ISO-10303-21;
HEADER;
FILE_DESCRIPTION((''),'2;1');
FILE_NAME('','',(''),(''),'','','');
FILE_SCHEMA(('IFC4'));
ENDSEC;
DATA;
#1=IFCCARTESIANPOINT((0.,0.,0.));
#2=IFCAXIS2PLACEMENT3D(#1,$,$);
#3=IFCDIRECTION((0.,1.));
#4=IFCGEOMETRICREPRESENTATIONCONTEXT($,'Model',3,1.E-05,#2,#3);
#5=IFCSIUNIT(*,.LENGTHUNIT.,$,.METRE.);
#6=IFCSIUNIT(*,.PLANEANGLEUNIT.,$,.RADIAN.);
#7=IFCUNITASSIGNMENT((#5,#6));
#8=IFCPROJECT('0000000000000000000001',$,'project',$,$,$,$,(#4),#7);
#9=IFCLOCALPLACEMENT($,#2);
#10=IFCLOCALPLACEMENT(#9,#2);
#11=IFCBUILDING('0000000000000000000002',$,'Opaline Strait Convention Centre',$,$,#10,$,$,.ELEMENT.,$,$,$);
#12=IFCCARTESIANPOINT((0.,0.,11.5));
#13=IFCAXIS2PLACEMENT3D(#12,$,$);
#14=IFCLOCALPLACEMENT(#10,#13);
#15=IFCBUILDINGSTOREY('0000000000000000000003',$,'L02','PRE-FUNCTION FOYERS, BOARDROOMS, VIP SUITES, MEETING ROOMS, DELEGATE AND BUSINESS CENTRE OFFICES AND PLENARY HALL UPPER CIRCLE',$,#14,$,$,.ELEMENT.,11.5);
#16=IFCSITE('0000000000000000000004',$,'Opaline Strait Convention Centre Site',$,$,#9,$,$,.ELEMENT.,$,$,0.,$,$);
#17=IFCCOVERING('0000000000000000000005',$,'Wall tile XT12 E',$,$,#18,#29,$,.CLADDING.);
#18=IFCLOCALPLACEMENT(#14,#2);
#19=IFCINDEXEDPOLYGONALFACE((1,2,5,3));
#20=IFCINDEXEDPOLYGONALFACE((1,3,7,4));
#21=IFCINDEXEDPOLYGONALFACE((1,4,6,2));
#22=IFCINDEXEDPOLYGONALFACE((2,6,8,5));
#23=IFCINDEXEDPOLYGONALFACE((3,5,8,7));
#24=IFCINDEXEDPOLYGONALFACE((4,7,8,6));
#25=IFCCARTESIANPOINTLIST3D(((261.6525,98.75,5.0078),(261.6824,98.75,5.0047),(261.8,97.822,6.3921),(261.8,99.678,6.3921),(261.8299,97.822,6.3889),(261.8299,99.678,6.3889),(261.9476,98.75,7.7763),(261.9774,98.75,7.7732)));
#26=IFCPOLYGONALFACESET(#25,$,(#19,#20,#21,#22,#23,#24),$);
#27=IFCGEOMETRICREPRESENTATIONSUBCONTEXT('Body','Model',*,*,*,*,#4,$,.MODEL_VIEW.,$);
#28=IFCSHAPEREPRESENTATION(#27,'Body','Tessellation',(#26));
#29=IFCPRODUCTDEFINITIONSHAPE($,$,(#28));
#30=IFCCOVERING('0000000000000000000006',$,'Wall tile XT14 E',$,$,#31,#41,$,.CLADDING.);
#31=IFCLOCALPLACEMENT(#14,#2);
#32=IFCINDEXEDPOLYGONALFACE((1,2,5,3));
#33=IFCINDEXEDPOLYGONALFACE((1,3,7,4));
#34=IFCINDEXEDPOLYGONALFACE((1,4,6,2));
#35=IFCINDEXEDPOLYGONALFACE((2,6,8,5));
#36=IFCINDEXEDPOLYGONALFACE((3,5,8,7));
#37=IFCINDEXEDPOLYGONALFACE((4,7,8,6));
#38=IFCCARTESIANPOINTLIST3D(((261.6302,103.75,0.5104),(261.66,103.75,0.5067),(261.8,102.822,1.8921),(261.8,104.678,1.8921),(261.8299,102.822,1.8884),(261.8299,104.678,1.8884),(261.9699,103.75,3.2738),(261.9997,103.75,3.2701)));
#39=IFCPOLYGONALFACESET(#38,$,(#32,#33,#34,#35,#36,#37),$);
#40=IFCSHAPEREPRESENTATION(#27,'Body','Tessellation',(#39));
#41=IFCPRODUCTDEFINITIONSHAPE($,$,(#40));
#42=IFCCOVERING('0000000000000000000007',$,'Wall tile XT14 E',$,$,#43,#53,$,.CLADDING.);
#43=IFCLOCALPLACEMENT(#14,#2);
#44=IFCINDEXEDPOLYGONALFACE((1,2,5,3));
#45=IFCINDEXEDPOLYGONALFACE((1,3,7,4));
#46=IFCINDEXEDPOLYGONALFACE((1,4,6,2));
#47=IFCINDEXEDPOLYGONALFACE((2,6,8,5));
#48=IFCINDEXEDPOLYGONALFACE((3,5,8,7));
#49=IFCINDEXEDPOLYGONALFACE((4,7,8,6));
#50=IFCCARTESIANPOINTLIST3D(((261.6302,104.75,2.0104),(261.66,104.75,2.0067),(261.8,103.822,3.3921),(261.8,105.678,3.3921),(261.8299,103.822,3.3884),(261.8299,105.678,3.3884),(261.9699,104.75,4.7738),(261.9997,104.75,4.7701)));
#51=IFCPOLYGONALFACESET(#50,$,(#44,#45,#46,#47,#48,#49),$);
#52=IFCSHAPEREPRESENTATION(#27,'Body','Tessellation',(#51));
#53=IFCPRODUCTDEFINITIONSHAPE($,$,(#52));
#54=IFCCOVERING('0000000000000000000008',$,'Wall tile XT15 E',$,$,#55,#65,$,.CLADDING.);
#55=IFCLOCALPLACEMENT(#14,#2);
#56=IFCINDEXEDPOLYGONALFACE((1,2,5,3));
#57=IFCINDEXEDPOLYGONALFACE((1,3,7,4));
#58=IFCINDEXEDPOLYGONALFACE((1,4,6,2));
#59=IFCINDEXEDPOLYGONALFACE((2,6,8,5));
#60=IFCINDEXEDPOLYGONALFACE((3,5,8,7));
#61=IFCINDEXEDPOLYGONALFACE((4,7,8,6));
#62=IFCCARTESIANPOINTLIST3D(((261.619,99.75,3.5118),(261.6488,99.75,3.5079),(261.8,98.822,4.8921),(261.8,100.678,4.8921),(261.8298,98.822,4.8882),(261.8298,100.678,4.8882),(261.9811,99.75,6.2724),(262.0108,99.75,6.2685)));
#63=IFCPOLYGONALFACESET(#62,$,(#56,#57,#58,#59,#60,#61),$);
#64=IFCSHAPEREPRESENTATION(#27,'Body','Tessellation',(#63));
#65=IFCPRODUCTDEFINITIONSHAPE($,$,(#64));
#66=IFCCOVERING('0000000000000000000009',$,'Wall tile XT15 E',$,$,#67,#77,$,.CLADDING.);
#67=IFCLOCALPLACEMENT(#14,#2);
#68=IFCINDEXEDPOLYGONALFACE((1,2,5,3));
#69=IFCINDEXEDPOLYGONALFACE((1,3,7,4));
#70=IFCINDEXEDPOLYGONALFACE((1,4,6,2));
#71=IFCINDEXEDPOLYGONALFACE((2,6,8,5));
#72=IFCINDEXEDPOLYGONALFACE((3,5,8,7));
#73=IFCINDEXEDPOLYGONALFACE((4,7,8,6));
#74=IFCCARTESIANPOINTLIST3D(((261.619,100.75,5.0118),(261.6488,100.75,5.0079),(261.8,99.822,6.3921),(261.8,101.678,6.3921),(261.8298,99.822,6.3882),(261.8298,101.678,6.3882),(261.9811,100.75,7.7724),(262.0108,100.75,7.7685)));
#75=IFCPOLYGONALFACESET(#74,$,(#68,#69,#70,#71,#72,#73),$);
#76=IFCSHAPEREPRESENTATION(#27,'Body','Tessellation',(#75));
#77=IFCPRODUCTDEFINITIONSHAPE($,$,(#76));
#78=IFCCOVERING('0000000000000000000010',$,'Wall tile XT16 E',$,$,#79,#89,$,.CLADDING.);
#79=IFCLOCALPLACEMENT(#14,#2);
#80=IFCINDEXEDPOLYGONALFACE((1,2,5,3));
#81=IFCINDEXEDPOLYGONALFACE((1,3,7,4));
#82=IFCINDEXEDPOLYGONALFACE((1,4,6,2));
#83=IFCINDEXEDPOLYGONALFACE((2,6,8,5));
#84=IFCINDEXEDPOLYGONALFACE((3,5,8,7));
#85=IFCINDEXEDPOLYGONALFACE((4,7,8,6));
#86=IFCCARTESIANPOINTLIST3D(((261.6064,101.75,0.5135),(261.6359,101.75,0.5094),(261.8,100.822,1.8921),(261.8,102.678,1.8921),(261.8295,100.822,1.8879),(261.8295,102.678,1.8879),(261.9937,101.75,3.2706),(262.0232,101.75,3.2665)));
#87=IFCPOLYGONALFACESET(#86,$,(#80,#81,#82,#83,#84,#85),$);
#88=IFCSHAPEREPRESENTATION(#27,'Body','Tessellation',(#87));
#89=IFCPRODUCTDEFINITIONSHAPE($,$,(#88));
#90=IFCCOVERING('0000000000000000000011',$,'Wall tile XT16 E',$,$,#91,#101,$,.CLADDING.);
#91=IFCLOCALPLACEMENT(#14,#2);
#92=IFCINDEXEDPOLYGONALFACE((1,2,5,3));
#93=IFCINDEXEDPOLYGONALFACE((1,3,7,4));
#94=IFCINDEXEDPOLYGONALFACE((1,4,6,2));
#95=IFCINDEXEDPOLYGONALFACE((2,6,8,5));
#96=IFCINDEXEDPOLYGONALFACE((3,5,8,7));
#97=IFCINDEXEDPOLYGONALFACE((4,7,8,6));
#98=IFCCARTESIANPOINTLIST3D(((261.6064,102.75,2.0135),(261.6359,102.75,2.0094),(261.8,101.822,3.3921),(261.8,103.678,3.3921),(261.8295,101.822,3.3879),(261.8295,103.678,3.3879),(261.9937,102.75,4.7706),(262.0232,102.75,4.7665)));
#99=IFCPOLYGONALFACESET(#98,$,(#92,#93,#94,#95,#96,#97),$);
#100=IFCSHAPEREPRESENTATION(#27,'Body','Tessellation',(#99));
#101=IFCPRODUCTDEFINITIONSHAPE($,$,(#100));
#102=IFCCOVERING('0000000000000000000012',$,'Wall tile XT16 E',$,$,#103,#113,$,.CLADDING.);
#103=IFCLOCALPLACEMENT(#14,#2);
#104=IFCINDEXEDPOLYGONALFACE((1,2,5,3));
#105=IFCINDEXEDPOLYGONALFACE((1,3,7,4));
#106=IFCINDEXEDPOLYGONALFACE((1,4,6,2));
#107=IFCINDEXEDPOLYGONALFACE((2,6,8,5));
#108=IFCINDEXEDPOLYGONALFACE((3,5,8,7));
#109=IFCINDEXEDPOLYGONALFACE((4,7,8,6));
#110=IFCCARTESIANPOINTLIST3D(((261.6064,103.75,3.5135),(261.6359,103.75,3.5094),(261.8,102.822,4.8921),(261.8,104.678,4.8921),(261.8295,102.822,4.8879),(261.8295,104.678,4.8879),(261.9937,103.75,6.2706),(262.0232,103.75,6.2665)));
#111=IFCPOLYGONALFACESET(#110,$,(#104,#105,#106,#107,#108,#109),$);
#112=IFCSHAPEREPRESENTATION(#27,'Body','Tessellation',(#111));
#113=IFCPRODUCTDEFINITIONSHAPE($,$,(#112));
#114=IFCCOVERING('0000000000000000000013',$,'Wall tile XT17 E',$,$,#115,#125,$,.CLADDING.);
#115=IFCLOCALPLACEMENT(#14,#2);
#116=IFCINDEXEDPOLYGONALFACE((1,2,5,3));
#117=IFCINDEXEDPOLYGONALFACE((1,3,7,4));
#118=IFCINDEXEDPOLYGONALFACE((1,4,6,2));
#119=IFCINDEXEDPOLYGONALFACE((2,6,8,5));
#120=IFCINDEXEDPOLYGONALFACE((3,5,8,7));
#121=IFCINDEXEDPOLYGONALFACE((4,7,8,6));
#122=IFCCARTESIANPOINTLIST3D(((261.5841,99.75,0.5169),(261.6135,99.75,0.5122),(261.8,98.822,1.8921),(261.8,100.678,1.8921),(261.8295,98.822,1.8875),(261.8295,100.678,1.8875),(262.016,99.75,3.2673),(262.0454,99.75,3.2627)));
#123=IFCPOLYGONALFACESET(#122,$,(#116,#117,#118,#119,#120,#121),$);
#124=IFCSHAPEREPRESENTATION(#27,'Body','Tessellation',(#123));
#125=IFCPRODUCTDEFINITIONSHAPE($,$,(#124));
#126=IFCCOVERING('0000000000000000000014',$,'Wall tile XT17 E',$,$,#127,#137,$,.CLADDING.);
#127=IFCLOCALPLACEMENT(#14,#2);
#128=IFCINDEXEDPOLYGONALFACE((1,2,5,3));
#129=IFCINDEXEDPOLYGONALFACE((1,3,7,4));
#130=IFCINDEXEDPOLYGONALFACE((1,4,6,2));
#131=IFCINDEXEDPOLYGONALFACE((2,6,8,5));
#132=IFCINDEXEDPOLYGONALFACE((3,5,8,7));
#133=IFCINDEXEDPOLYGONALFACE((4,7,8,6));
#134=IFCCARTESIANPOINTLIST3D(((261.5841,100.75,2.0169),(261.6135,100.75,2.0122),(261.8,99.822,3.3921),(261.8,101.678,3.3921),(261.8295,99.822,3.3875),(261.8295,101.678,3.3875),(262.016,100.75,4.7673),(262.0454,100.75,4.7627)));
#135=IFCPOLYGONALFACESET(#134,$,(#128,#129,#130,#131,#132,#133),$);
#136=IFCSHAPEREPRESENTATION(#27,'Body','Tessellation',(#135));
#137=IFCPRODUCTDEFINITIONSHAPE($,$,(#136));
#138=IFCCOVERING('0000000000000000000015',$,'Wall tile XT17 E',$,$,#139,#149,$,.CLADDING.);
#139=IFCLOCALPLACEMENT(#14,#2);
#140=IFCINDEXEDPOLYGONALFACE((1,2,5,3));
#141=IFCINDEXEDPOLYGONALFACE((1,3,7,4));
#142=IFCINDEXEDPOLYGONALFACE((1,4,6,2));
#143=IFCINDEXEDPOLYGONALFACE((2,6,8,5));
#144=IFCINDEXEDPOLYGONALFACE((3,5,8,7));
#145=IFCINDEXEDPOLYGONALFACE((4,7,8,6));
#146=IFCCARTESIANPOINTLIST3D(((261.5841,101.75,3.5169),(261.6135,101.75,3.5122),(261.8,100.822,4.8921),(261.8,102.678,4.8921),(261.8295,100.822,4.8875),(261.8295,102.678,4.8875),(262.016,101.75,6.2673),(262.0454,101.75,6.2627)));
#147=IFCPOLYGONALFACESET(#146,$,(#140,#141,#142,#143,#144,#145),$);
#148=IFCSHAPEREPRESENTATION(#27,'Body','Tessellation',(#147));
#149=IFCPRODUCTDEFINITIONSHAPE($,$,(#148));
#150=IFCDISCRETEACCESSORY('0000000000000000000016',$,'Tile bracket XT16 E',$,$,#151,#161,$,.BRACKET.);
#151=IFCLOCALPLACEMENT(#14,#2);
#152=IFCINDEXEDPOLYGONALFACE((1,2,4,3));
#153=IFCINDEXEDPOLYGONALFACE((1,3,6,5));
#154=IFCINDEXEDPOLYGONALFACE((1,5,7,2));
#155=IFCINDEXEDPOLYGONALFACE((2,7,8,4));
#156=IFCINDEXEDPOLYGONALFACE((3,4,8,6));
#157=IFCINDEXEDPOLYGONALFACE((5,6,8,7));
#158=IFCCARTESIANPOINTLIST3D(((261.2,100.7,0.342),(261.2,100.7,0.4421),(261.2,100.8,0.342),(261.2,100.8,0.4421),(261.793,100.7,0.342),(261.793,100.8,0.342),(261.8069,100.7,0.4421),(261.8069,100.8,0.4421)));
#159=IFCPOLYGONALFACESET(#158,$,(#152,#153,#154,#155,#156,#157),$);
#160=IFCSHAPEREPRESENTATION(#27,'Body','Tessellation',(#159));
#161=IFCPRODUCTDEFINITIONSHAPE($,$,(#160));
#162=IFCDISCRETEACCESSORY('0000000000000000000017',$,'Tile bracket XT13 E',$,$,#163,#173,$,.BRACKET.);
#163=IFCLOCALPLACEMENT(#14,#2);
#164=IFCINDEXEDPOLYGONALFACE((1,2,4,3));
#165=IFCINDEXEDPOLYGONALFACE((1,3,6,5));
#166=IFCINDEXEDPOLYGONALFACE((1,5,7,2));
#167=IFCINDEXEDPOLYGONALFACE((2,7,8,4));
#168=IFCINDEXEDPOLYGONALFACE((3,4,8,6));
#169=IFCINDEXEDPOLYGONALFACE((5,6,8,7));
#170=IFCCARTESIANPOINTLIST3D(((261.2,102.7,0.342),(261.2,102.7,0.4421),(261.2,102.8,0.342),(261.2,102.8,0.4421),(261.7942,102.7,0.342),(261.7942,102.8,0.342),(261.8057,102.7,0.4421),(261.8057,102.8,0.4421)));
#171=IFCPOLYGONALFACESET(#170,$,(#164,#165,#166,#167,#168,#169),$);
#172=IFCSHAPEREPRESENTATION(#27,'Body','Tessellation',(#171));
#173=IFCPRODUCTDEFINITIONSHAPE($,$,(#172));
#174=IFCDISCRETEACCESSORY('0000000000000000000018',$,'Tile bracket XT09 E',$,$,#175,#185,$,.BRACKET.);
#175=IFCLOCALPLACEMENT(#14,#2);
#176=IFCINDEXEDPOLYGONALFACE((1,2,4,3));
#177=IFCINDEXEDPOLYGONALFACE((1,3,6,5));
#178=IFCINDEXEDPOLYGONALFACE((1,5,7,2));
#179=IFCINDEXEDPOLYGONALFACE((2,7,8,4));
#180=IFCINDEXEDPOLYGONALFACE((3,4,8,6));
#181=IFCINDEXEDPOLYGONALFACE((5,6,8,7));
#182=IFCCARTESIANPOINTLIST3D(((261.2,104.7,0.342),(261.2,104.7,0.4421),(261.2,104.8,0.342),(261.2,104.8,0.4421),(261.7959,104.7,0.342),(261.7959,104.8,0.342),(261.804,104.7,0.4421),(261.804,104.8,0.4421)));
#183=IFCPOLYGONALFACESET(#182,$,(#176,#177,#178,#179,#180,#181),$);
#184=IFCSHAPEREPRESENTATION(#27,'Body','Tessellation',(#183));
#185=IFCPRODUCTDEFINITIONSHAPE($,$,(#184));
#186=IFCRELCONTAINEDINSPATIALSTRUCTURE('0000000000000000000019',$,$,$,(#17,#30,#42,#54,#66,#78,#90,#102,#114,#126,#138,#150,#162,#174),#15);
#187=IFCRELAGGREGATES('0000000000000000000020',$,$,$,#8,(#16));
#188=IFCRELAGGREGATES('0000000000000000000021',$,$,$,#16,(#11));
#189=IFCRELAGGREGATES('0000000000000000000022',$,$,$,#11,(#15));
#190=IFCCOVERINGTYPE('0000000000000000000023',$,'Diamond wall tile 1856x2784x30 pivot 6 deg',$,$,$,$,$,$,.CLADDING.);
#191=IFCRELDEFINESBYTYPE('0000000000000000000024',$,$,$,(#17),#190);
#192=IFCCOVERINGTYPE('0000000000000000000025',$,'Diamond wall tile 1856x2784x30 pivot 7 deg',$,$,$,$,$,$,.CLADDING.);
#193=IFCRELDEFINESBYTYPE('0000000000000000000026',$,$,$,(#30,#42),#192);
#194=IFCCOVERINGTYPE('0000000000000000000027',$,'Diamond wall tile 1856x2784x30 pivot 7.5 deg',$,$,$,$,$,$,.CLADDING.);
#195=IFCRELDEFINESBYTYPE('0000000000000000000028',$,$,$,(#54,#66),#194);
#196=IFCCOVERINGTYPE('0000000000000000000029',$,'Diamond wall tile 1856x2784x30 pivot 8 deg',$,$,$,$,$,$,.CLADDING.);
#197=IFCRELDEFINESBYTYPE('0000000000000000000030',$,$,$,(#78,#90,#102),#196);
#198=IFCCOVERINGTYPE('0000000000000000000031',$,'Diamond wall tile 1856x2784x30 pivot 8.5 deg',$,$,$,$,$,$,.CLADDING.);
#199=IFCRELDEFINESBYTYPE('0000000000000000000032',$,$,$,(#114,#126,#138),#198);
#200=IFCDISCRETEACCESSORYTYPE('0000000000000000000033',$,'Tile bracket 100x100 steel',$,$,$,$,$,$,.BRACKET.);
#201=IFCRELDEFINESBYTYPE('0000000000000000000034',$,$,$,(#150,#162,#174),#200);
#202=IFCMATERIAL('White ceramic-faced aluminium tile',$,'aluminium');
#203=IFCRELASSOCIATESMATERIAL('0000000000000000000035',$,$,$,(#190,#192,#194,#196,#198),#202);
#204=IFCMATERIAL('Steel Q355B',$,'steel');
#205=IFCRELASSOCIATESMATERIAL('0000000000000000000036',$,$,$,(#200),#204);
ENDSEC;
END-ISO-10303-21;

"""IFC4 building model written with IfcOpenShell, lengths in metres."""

from ifc_helpers import new_model, si_unit, direction, frame, origin, place, context, subcontext, project, spatial, polyline, outline, extrude, material, material_profile, profile_set, type_object, element, save


model = new_model("IFC4")

# Units and contexts
model_context = context("Model", 3, precision=1e-05, world=origin(), true_north=direction((0.0, 1.0)))
body_context = subcontext(model_context, "Body", "Model", "MODEL_VIEW")
ifc_project = project(units=[si_unit("LENGTHUNIT", "METRE"), si_unit("PLANEANGLEUNIT", "RADIAN")], contexts=[model_context])

# Site, building, storey
site_placement = place(None, origin())
site = spatial("IfcSite", under=ifc_project, at=site_placement, Name="Opaline Strait Convention Centre Site", CompositionType="ELEMENT", RefElevation=0.0)
building_placement = place(site_placement, origin())
building = spatial("IfcBuilding", under=site, at=building_placement, Name="Opaline Strait Convention Centre", CompositionType="ELEMENT")
storey_placement = place(building_placement, frame((0.0, 0.0, 11.5)))
storey = spatial("IfcBuildingStorey", under=building, at=storey_placement, Name="L02", Description="PRE-FUNCTION FOYERS, BOARDROOMS, VIP SUITES, MEETING ROOMS, DELEGATE AND BUSINESS CENTRE OFFICES AND PLENARY HALL UPPER CIRCLE", CompositionType="ELEMENT", Elevation=11.5)

# Coverings
ifc_material_1 = material(Name="White ceramic-faced aluminium tile", Category="aluminium")
ifc_material_profile_1 = material_profile(ifc_material_1, outline(polyline([(0.928, 0.0), (0.0, 1.3921), (-0.928, 0.0), (0.0, -1.3921), (0.928, 0.0)])), Name="Diamond tile 1856x2784")
ifc_profile_set_1 = profile_set([ifc_material_profile_1], Name="White ceramic-faced aluminium tile")
covering_type_1 = type_object("IfcCoveringType", Name="Diamond wall tile 1856x2784x30 pivot 6 deg", PredefinedType="CLADDING", material=ifc_profile_set_1)
covering_placement = place(storey_placement, frame((261.8, 98.75, 6.3921), z_axis=(0.994371, 0.0, -0.105958), x_axis=(0.0, 1.0, 0.0)))
element("IfcCovering", 1, at=covering_placement, inside=storey, type_object=covering_type_1, Name="Wall tile XT12 E", PredefinedType="CLADDING", context=body_context, shape_type="SweptSolid", body=[
    extrude(outline(polyline([(0.928, 0.0), (0.0, 1.3921), (-0.928, 0.0), (0.0, -1.3921), (0.928, 0.0)])), origin(), (0.0, 0.0, 1.0), 0.03),
])
ifc_material_profile_2 = material_profile(ifc_material_1, outline(polyline([(0.928, 0.0), (0.0, 1.3921), (-0.928, 0.0), (0.0, -1.3921), (0.928, 0.0)])), Name="Diamond tile 1856x2784")
ifc_profile_set_2 = profile_set([ifc_material_profile_2], Name="White ceramic-faced aluminium tile")
covering_type_2 = type_object("IfcCoveringType", Name="Diamond wall tile 1856x2784x30 pivot 7 deg", PredefinedType="CLADDING", material=ifc_profile_set_2)
for number, where, z_axis, x_axis, name in (
    (2, (261.8, 103.75, 1.8921), (0.992526, 0.0, -0.122032), (0.0, 1.0, 0.0), "Wall tile XT14 E"),
    (3, (261.8, 104.75, 3.3921), (0.992526, 0.0, -0.122032), (0.0, 1.0, 0.0), "Wall tile XT14 E"),
):
    element("IfcCovering", number, at=place(storey_placement, frame(where, z_axis=z_axis, x_axis=x_axis)), inside=storey, type_object=covering_type_2, Name=name, PredefinedType="CLADDING", context=body_context, shape_type="SweptSolid", body=[
        extrude(outline(polyline([(0.928, 0.0), (0.0, 1.3921), (-0.928, 0.0), (0.0, -1.3921), (0.928, 0.0)])), origin(), (0.0, 0.0, 1.0), 0.03),
    ])
ifc_material_profile_3 = material_profile(ifc_material_1, outline(polyline([(0.928, 0.0), (0.0, 1.3921), (-0.928, 0.0), (0.0, -1.3921), (0.928, 0.0)])), Name="Diamond tile 1856x2784")
ifc_profile_set_3 = profile_set([ifc_material_profile_3], Name="White ceramic-faced aluminium tile")
covering_type_3 = type_object("IfcCoveringType", Name="Diamond wall tile 1856x2784x30 pivot 7.5 deg", PredefinedType="CLADDING", material=ifc_profile_set_3)
for number, where, z_axis, x_axis, name in (
    (4, (261.8, 99.75, 4.8921), (0.99151, 0.0, -0.130034), (0.0, 1.0, 0.0), "Wall tile XT15 E"),
    (5, (261.8, 100.75, 6.3921), (0.99151, 0.0, -0.130034), (0.0, 1.0, 0.0), "Wall tile XT15 E"),
):
    element("IfcCovering", number, at=place(storey_placement, frame(where, z_axis=z_axis, x_axis=x_axis)), inside=storey, type_object=covering_type_3, Name=name, PredefinedType="CLADDING", context=body_context, shape_type="SweptSolid", body=[
        extrude(outline(polyline([(0.928, 0.0), (0.0, 1.3921), (-0.928, 0.0), (0.0, -1.3921), (0.928, 0.0)])), origin(), (0.0, 0.0, 1.0), 0.03),
    ])
ifc_material_profile_4 = material_profile(ifc_material_1, outline(polyline([(0.928, 0.0), (0.0, 1.3921), (-0.928, 0.0), (0.0, -1.3921), (0.928, 0.0)])), Name="Diamond tile 1856x2784")
ifc_profile_set_4 = profile_set([ifc_material_profile_4], Name="White ceramic-faced aluminium tile")
covering_type_4 = type_object("IfcCoveringType", Name="Diamond wall tile 1856x2784x30 pivot 8 deg", PredefinedType="CLADDING", material=ifc_profile_set_4)
for number, where, z_axis, x_axis, name in (
    (6, (261.8, 101.75, 1.8921), (0.990274, 0.0, -0.139129), (0.0, 1.0, 0.0), "Wall tile XT16 E"),
    (7, (261.8, 102.75, 3.3921), (0.990274, 0.0, -0.139129), (0.0, 1.0, 0.0), "Wall tile XT16 E"),
    (8, (261.8, 103.75, 4.8921), (0.990274, 0.0, -0.139129), (0.0, 1.0, 0.0), "Wall tile XT16 E"),
):
    element("IfcCovering", number, at=place(storey_placement, frame(where, z_axis=z_axis, x_axis=x_axis)), inside=storey, type_object=covering_type_4, Name=name, PredefinedType="CLADDING", context=body_context, shape_type="SweptSolid", body=[
        extrude(outline(polyline([(0.928, 0.0), (0.0, 1.3921), (-0.928, 0.0), (0.0, -1.3921), (0.928, 0.0)])), origin(), (0.0, 0.0, 1.0), 0.0298),
    ])
ifc_material_profile_5 = material_profile(ifc_material_1, outline(polyline([(0.928, 0.0), (0.0, 1.3921), (-0.928, 0.0), (0.0, -1.3921), (0.928, 0.0)])), Name="Diamond tile 1856x2784")
ifc_profile_set_5 = profile_set([ifc_material_profile_5], Name="White ceramic-faced aluminium tile")
covering_type_5 = type_object("IfcCoveringType", Name="Diamond wall tile 1856x2784x30 pivot 8.5 deg", PredefinedType="CLADDING", material=ifc_profile_set_5)
for number, where, z_axis, x_axis, name in (
    (9, (261.8, 99.75, 1.8921), (0.987895, 0.0, -0.155124), (0.0, 1.0, 0.0), "Wall tile XT17 E"),
    (10, (261.8, 100.75, 3.3921), (0.987895, 0.0, -0.155124), (0.0, 1.0, 0.0), "Wall tile XT17 E"),
    (11, (261.8, 101.75, 4.8921), (0.987895, 0.0, -0.155124), (0.0, 1.0, 0.0), "Wall tile XT17 E"),
):
    element("IfcCovering", number, at=place(storey_placement, frame(where, z_axis=z_axis, x_axis=x_axis)), inside=storey, type_object=covering_type_5, Name=name, PredefinedType="CLADDING", context=body_context, shape_type="SweptSolid", body=[
        extrude(outline(polyline([(0.928, 0.0), (0.0, 1.3921), (-0.928, 0.0), (0.0, -1.3921), (0.928, 0.0)])), origin(), (0.0, 0.0, 1.0), 0.0298),
    ])

# Discrete accessories
ifc_material_2 = material(Name="Steel Q355B", Category="steel")
discrete_accessory_type = type_object("IfcDiscreteAccessoryType", Name="Tile bracket 100x100 steel", PredefinedType="BRACKET", material=ifc_material_2)
discrete_accessory_1_placement = place(storey_placement, frame((261.2, 100.7, 0.3921), z_axis=(0.0, 1.0, 0.0), x_axis=(-1.0, 0.0, 0.0)))
element("IfcDiscreteAccessory", 12, at=discrete_accessory_1_placement, inside=storey, type_object=discrete_accessory_type, Name="Tile bracket XT16 E", PredefinedType="BRACKET", context=body_context, shape_type="SweptSolid", body=[
    extrude(outline(polyline([(0.0, -0.05), (0.0, 0.05), (-0.6069, 0.05), (-0.593, -0.05), (0.0, -0.05)])), origin(), (0.0, 0.0, 1.0), 0.1001),
])
discrete_accessory_2_placement = place(storey_placement, frame((261.2, 102.7, 0.3921), z_axis=(0.0, 1.0, 0.0), x_axis=(-1.0, 0.0, 0.0)))
element("IfcDiscreteAccessory", 13, at=discrete_accessory_2_placement, inside=storey, type_object=discrete_accessory_type, Name="Tile bracket XT13 E", PredefinedType="BRACKET", context=body_context, shape_type="SweptSolid", body=[
    extrude(outline(polyline([(0.0, -0.05), (0.0, 0.05), (-0.6057, 0.05), (-0.5942, -0.05), (0.0, -0.05)])), origin(), (0.0, 0.0, 1.0), 0.1001),
])
discrete_accessory_3_placement = place(storey_placement, frame((261.2, 104.7, 0.3921), z_axis=(0.0, 1.0, 0.0), x_axis=(-1.0, 0.0, 0.0)))
element("IfcDiscreteAccessory", 14, at=discrete_accessory_3_placement, inside=storey, type_object=discrete_accessory_type, Name="Tile bracket XT09 E", PredefinedType="BRACKET", context=body_context, shape_type="SweptSolid", body=[
    extrude(outline(polyline([(0.0, -0.05), (0.0, 0.05), (-0.604, 0.05), (-0.5959, -0.05), (0.0, -0.05)])), origin(), (0.0, 0.0, 1.0), 0.1001),
])

save(model, "model.ifc")
